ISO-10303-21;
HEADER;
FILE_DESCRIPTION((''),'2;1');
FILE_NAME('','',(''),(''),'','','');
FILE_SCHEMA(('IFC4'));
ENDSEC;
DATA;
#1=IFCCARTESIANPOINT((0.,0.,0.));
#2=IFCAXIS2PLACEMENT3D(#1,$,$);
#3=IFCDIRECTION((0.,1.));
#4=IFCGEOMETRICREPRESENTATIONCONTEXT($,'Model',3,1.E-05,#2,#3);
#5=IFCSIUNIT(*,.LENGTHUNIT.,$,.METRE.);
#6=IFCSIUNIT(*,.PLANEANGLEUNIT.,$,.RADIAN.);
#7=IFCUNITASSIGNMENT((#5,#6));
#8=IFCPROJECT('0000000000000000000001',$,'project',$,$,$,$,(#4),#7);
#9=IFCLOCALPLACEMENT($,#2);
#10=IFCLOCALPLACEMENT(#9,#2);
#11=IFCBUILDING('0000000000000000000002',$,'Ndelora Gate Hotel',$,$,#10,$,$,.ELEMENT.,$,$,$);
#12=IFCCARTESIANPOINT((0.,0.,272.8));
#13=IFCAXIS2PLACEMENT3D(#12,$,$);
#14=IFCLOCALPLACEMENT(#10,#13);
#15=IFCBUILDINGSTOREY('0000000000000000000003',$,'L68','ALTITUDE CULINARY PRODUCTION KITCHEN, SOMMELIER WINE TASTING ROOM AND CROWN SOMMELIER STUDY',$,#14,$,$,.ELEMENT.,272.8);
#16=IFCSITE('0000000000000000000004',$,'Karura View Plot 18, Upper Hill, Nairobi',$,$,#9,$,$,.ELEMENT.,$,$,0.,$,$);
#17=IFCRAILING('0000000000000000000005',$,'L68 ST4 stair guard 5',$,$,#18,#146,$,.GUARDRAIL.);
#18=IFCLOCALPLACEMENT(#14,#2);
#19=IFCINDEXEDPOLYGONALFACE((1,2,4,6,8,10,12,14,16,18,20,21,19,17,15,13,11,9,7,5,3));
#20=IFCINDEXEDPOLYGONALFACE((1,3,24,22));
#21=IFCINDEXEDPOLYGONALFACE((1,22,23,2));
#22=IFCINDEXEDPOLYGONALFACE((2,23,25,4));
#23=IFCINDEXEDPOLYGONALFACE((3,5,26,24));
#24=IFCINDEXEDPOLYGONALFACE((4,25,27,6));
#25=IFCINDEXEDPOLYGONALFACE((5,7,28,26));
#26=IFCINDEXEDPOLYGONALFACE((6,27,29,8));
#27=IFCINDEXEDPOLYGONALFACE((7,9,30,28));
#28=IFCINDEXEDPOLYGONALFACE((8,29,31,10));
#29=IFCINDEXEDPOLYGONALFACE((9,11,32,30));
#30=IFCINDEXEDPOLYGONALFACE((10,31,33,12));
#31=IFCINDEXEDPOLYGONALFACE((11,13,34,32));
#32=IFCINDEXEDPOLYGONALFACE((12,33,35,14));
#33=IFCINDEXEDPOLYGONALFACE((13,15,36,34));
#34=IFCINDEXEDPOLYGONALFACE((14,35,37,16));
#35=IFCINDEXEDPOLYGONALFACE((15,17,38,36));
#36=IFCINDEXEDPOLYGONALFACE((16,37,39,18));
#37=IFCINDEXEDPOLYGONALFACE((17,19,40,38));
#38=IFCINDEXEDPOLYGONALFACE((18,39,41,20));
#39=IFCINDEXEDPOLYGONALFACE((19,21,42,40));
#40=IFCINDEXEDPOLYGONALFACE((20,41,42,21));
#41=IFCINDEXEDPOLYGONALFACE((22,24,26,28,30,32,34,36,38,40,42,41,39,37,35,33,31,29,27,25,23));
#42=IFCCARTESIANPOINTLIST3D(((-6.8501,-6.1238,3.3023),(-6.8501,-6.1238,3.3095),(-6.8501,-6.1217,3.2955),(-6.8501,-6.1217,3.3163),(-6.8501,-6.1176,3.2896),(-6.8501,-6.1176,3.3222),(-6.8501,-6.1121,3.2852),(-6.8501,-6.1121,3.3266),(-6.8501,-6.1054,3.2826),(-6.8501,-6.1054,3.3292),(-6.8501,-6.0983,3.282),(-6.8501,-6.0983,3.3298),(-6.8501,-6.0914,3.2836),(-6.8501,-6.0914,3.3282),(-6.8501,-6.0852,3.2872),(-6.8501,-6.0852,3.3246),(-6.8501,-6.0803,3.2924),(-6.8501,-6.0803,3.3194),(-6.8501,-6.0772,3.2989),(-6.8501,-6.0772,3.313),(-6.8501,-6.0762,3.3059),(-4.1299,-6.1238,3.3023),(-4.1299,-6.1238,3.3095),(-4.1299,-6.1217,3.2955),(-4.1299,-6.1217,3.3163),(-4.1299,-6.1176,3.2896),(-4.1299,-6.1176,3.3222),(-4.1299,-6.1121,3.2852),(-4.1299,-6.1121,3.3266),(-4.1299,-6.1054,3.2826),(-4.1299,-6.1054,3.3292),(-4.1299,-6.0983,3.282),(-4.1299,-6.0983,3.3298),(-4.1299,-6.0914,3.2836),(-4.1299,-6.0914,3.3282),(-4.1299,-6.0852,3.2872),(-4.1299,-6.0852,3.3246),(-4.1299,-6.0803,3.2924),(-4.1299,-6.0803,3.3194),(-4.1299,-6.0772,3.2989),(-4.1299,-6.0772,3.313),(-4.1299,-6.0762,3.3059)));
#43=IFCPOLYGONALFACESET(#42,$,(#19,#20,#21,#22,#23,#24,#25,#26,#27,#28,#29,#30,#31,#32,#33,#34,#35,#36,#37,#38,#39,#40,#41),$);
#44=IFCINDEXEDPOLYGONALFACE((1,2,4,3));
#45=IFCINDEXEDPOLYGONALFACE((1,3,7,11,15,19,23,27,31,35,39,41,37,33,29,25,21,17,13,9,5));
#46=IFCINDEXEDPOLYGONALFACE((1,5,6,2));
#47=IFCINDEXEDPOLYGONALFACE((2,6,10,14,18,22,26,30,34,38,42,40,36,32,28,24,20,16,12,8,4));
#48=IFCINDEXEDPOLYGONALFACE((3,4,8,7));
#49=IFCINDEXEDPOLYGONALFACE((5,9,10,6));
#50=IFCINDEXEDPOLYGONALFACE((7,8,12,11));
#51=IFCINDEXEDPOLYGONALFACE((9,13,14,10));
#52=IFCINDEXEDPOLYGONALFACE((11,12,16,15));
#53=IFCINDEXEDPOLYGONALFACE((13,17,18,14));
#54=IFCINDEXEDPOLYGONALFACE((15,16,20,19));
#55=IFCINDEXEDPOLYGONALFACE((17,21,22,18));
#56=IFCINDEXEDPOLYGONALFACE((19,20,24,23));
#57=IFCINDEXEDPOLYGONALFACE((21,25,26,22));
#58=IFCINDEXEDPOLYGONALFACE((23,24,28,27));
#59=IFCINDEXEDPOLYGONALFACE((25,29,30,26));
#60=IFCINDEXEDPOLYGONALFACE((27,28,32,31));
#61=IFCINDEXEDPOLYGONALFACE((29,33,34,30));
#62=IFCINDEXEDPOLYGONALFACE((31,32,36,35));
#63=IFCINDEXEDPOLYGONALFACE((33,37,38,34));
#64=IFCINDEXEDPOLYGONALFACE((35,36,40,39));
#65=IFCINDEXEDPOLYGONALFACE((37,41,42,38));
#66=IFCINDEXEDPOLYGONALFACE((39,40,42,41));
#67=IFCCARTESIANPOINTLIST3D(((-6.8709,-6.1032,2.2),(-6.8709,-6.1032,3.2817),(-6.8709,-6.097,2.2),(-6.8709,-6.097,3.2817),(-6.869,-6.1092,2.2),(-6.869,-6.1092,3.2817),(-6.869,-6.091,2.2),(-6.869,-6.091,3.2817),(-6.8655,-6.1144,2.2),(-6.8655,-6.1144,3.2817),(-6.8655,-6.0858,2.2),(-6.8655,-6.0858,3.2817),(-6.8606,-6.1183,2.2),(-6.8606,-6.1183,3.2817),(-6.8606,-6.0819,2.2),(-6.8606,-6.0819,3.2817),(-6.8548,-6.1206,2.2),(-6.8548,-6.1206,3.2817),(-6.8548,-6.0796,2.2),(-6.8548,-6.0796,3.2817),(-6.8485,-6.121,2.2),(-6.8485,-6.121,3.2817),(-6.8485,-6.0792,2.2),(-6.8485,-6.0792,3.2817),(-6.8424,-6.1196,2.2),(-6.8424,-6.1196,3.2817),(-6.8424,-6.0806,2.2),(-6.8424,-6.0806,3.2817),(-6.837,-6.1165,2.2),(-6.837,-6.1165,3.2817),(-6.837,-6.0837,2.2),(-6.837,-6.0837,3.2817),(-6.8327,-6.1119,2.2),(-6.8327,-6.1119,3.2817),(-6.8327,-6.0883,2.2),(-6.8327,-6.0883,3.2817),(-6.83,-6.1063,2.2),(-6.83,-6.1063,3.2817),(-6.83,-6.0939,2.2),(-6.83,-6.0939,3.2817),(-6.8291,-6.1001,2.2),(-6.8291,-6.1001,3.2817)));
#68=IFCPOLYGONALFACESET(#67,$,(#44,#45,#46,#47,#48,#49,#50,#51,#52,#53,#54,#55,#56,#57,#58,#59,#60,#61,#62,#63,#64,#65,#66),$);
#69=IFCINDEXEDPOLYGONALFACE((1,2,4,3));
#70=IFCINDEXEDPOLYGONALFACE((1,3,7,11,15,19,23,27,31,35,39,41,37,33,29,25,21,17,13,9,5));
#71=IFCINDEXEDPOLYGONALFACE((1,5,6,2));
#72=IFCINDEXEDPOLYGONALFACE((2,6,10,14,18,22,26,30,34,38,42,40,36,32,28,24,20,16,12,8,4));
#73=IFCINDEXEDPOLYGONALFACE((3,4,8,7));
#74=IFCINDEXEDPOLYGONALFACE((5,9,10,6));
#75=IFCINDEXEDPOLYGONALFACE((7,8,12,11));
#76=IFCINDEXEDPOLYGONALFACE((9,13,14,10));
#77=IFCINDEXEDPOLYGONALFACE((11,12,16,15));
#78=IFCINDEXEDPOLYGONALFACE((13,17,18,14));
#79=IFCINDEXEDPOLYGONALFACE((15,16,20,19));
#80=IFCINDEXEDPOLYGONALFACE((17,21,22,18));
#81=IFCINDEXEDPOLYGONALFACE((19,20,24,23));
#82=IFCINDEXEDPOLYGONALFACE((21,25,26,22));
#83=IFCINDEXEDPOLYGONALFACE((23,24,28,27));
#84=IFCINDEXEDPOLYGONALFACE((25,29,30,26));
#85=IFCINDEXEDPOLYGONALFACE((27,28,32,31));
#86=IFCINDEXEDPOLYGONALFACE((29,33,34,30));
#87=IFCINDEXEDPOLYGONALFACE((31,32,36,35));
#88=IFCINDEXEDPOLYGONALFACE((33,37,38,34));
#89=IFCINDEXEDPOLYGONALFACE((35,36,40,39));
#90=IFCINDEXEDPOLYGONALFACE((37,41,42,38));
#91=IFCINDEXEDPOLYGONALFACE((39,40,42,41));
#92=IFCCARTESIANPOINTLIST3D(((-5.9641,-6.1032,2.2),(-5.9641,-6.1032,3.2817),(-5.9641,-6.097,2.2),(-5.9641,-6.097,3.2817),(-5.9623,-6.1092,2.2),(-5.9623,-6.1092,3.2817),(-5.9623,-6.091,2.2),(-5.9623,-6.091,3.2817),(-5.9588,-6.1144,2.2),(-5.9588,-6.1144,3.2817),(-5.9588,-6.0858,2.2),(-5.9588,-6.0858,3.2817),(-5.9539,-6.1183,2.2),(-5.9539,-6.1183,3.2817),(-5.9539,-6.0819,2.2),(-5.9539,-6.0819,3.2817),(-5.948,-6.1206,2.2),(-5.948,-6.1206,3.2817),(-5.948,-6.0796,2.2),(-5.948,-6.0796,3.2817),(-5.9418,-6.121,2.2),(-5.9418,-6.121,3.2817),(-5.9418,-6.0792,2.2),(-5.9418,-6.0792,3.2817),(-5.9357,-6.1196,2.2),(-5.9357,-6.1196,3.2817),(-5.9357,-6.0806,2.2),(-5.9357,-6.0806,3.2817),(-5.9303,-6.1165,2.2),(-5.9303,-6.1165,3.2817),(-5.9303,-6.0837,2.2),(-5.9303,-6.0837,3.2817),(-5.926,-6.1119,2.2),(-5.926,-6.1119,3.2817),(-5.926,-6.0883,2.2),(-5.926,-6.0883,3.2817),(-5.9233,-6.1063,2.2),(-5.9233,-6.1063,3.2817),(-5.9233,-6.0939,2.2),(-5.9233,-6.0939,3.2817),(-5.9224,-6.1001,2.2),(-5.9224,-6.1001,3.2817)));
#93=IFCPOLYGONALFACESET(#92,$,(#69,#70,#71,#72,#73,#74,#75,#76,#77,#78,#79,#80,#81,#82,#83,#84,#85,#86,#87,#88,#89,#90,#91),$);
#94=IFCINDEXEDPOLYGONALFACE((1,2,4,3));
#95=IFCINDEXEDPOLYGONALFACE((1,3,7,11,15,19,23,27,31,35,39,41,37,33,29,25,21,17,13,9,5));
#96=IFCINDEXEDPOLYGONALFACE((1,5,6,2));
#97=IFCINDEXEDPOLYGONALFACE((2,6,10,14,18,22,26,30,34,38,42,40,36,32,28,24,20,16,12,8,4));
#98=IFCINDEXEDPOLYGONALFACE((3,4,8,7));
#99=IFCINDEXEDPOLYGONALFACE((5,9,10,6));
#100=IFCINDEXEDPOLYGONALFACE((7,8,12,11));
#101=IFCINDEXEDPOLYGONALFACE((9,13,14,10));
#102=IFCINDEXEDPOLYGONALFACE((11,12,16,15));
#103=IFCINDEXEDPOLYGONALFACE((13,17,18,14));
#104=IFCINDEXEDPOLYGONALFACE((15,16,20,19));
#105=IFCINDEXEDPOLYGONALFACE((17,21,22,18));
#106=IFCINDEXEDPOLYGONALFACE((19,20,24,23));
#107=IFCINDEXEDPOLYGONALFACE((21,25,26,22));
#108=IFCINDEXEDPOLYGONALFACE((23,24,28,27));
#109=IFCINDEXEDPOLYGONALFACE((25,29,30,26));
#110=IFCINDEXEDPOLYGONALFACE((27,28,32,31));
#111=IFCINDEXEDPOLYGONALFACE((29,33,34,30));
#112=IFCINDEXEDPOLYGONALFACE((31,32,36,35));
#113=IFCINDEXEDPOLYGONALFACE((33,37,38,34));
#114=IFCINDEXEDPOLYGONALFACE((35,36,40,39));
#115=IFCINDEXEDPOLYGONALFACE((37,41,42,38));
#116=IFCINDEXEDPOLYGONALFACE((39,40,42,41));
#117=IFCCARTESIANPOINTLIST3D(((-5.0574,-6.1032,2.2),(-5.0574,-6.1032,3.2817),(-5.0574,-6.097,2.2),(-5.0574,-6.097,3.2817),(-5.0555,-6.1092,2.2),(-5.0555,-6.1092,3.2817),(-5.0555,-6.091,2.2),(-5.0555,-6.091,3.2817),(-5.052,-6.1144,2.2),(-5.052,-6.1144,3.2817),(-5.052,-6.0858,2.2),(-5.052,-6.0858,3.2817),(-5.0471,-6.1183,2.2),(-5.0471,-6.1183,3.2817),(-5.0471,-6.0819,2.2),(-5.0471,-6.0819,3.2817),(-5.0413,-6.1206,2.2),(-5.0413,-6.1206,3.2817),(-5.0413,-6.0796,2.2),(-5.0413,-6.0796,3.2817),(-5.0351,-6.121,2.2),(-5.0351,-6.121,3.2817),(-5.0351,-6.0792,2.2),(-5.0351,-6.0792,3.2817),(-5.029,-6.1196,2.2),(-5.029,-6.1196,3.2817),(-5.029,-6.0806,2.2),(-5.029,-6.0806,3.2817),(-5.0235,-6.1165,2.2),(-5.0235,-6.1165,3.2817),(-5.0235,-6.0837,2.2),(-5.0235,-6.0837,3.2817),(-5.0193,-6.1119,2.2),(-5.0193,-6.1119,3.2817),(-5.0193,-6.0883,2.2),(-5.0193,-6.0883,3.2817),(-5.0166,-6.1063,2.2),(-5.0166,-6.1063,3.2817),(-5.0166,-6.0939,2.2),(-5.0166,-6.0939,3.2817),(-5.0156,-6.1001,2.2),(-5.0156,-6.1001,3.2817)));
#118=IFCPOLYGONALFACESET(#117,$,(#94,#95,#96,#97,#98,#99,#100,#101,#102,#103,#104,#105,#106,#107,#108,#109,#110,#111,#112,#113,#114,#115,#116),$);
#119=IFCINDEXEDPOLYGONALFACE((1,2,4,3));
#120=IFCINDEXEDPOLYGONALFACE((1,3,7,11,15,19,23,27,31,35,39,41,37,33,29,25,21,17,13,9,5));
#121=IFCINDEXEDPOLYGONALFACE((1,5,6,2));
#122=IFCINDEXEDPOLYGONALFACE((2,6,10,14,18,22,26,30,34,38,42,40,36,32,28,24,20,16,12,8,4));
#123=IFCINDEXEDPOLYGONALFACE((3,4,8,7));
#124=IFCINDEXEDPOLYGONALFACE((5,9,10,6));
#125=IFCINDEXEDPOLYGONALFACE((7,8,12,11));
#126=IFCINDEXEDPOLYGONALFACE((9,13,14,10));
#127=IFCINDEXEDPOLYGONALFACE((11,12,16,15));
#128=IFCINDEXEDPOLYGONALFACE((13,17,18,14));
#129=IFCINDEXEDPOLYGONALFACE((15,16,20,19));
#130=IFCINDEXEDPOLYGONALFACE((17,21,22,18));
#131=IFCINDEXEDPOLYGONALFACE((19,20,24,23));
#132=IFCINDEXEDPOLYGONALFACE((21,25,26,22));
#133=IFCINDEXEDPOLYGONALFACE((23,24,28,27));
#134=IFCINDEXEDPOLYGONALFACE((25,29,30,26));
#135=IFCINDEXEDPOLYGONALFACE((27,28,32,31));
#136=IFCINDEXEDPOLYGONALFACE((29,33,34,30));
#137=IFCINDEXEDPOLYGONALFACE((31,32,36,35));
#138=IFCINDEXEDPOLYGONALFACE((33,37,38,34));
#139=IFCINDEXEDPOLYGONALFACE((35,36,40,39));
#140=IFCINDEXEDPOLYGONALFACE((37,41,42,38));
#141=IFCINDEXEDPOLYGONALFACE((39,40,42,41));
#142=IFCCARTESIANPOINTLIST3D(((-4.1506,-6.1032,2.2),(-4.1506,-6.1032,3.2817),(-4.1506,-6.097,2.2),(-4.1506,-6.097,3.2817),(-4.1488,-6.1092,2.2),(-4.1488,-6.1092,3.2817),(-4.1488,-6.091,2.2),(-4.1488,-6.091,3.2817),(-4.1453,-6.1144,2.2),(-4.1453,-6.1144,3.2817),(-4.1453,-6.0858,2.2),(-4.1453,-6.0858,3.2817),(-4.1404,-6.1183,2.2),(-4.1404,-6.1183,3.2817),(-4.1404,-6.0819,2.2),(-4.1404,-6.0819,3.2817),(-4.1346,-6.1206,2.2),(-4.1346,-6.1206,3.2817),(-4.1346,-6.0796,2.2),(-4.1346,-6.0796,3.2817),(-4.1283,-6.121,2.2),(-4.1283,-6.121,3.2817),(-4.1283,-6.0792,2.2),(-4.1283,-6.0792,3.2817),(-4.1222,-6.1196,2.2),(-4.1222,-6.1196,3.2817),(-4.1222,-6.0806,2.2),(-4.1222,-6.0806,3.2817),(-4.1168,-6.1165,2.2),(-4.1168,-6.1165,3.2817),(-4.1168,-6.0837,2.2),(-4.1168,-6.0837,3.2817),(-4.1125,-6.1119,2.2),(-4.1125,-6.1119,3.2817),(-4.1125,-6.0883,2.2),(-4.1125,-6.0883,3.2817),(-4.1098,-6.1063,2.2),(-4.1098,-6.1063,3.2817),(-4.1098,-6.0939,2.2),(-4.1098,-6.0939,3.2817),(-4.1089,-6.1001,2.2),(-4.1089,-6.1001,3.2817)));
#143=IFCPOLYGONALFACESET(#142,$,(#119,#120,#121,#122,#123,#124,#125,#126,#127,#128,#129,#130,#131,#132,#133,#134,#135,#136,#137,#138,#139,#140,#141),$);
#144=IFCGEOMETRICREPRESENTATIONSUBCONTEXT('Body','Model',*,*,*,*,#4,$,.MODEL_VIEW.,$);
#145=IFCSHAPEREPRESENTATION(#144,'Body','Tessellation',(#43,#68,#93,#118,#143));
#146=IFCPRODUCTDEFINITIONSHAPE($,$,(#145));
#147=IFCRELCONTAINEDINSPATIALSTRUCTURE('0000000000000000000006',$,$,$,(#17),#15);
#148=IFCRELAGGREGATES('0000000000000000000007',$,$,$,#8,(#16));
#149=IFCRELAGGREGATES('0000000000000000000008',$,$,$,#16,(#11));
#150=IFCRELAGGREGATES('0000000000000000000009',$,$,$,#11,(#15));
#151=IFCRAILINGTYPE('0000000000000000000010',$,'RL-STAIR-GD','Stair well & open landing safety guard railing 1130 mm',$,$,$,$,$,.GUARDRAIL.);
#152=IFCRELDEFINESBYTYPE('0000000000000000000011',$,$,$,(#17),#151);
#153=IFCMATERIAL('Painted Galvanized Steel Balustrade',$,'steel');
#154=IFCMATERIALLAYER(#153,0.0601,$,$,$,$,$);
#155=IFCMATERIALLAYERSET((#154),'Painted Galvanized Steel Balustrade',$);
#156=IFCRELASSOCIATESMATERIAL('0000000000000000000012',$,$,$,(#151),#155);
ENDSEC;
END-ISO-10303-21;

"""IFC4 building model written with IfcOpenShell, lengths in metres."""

from ifc_helpers import new_model, si_unit, direction, frame, origin, origin_2d, place, context, subcontext, project, spatial, circle, extrude, material, layer, layer_set, type_object, element, save


model = new_model("IFC4")

# Units and contexts
model_context = context("Model", 3, precision=1e-05, world=origin(), true_north=direction((0.0, 1.0)))
body_context = subcontext(model_context, "Body", "Model", "MODEL_VIEW")
ifc_project = project(units=[si_unit("LENGTHUNIT", "METRE"), si_unit("PLANEANGLEUNIT", "RADIAN")], contexts=[model_context])

# Site, building, storey
site_placement = place(None, origin())
site = spatial("IfcSite", under=ifc_project, at=site_placement, Name="Karura View Plot 18, Upper Hill, Nairobi", CompositionType="ELEMENT", RefElevation=0.0)
building_placement = place(site_placement, origin())
building = spatial("IfcBuilding", under=site, at=building_placement, Name="Ndelora Gate Hotel", CompositionType="ELEMENT")
storey_placement = place(building_placement, frame((0.0, 0.0, 272.8)))
storey = spatial("IfcBuildingStorey", under=building, at=storey_placement, Name="L68", Description="ALTITUDE CULINARY PRODUCTION KITCHEN, SOMMELIER WINE TASTING ROOM AND CROWN SOMMELIER STUDY", CompositionType="ELEMENT", Elevation=272.8)

# Railing
ifc_material_1 = material(Name="Painted Galvanized Steel Balustrade", Category="steel")
ifc_layer_1 = layer(ifc_material_1, 0.0601)
ifc_layer_set_1 = layer_set([ifc_layer_1], Name="Painted Galvanized Steel Balustrade")
railing_type_1 = type_object("IfcRailingType", Name="RL-STAIR-GD", Description="Stair well & open landing safety guard railing 1130 mm", PredefinedType="GUARDRAIL", material=ifc_layer_set_1)
railing_1_placement = place(storey_placement, frame((-6.8501, -6.1001, 2.2)))
element("IfcRailing", 1, at=railing_1_placement, inside=storey, type_object=railing_type_1, Name="L68 ST4 stair guard 5", PredefinedType="GUARDRAIL", context=body_context, shape_type="SweptSolid", body=[
    extrude(circle(Radius=0.0239, at=origin_2d()), frame((0.0, 0.0, 1.106), z_axis=(1.0, 0.0, 0.0), x_axis=(0.0, 1.0, 0.0)), (0.0, 0.0, 1.0), 2.7202),
    extrude(circle(Radius=0.021, at=origin_2d()), origin(), (0.0, 0.0, 1.0), 1.0818),
    extrude(circle(Radius=0.021, at=origin_2d()), frame((0.9067, 0.0, 0.0)), (0.0, 0.0, 1.0), 1.0818),
    extrude(circle(Radius=0.021, at=origin_2d()), frame((1.8135, 0.0, 0.0)), (0.0, 0.0, 1.0), 1.0818),
    extrude(circle(Radius=0.021, at=origin_2d()), frame((2.7202, 0.0, 0.0)), (0.0, 0.0, 1.0), 1.0818),
])

save(model, "model.ifc")
